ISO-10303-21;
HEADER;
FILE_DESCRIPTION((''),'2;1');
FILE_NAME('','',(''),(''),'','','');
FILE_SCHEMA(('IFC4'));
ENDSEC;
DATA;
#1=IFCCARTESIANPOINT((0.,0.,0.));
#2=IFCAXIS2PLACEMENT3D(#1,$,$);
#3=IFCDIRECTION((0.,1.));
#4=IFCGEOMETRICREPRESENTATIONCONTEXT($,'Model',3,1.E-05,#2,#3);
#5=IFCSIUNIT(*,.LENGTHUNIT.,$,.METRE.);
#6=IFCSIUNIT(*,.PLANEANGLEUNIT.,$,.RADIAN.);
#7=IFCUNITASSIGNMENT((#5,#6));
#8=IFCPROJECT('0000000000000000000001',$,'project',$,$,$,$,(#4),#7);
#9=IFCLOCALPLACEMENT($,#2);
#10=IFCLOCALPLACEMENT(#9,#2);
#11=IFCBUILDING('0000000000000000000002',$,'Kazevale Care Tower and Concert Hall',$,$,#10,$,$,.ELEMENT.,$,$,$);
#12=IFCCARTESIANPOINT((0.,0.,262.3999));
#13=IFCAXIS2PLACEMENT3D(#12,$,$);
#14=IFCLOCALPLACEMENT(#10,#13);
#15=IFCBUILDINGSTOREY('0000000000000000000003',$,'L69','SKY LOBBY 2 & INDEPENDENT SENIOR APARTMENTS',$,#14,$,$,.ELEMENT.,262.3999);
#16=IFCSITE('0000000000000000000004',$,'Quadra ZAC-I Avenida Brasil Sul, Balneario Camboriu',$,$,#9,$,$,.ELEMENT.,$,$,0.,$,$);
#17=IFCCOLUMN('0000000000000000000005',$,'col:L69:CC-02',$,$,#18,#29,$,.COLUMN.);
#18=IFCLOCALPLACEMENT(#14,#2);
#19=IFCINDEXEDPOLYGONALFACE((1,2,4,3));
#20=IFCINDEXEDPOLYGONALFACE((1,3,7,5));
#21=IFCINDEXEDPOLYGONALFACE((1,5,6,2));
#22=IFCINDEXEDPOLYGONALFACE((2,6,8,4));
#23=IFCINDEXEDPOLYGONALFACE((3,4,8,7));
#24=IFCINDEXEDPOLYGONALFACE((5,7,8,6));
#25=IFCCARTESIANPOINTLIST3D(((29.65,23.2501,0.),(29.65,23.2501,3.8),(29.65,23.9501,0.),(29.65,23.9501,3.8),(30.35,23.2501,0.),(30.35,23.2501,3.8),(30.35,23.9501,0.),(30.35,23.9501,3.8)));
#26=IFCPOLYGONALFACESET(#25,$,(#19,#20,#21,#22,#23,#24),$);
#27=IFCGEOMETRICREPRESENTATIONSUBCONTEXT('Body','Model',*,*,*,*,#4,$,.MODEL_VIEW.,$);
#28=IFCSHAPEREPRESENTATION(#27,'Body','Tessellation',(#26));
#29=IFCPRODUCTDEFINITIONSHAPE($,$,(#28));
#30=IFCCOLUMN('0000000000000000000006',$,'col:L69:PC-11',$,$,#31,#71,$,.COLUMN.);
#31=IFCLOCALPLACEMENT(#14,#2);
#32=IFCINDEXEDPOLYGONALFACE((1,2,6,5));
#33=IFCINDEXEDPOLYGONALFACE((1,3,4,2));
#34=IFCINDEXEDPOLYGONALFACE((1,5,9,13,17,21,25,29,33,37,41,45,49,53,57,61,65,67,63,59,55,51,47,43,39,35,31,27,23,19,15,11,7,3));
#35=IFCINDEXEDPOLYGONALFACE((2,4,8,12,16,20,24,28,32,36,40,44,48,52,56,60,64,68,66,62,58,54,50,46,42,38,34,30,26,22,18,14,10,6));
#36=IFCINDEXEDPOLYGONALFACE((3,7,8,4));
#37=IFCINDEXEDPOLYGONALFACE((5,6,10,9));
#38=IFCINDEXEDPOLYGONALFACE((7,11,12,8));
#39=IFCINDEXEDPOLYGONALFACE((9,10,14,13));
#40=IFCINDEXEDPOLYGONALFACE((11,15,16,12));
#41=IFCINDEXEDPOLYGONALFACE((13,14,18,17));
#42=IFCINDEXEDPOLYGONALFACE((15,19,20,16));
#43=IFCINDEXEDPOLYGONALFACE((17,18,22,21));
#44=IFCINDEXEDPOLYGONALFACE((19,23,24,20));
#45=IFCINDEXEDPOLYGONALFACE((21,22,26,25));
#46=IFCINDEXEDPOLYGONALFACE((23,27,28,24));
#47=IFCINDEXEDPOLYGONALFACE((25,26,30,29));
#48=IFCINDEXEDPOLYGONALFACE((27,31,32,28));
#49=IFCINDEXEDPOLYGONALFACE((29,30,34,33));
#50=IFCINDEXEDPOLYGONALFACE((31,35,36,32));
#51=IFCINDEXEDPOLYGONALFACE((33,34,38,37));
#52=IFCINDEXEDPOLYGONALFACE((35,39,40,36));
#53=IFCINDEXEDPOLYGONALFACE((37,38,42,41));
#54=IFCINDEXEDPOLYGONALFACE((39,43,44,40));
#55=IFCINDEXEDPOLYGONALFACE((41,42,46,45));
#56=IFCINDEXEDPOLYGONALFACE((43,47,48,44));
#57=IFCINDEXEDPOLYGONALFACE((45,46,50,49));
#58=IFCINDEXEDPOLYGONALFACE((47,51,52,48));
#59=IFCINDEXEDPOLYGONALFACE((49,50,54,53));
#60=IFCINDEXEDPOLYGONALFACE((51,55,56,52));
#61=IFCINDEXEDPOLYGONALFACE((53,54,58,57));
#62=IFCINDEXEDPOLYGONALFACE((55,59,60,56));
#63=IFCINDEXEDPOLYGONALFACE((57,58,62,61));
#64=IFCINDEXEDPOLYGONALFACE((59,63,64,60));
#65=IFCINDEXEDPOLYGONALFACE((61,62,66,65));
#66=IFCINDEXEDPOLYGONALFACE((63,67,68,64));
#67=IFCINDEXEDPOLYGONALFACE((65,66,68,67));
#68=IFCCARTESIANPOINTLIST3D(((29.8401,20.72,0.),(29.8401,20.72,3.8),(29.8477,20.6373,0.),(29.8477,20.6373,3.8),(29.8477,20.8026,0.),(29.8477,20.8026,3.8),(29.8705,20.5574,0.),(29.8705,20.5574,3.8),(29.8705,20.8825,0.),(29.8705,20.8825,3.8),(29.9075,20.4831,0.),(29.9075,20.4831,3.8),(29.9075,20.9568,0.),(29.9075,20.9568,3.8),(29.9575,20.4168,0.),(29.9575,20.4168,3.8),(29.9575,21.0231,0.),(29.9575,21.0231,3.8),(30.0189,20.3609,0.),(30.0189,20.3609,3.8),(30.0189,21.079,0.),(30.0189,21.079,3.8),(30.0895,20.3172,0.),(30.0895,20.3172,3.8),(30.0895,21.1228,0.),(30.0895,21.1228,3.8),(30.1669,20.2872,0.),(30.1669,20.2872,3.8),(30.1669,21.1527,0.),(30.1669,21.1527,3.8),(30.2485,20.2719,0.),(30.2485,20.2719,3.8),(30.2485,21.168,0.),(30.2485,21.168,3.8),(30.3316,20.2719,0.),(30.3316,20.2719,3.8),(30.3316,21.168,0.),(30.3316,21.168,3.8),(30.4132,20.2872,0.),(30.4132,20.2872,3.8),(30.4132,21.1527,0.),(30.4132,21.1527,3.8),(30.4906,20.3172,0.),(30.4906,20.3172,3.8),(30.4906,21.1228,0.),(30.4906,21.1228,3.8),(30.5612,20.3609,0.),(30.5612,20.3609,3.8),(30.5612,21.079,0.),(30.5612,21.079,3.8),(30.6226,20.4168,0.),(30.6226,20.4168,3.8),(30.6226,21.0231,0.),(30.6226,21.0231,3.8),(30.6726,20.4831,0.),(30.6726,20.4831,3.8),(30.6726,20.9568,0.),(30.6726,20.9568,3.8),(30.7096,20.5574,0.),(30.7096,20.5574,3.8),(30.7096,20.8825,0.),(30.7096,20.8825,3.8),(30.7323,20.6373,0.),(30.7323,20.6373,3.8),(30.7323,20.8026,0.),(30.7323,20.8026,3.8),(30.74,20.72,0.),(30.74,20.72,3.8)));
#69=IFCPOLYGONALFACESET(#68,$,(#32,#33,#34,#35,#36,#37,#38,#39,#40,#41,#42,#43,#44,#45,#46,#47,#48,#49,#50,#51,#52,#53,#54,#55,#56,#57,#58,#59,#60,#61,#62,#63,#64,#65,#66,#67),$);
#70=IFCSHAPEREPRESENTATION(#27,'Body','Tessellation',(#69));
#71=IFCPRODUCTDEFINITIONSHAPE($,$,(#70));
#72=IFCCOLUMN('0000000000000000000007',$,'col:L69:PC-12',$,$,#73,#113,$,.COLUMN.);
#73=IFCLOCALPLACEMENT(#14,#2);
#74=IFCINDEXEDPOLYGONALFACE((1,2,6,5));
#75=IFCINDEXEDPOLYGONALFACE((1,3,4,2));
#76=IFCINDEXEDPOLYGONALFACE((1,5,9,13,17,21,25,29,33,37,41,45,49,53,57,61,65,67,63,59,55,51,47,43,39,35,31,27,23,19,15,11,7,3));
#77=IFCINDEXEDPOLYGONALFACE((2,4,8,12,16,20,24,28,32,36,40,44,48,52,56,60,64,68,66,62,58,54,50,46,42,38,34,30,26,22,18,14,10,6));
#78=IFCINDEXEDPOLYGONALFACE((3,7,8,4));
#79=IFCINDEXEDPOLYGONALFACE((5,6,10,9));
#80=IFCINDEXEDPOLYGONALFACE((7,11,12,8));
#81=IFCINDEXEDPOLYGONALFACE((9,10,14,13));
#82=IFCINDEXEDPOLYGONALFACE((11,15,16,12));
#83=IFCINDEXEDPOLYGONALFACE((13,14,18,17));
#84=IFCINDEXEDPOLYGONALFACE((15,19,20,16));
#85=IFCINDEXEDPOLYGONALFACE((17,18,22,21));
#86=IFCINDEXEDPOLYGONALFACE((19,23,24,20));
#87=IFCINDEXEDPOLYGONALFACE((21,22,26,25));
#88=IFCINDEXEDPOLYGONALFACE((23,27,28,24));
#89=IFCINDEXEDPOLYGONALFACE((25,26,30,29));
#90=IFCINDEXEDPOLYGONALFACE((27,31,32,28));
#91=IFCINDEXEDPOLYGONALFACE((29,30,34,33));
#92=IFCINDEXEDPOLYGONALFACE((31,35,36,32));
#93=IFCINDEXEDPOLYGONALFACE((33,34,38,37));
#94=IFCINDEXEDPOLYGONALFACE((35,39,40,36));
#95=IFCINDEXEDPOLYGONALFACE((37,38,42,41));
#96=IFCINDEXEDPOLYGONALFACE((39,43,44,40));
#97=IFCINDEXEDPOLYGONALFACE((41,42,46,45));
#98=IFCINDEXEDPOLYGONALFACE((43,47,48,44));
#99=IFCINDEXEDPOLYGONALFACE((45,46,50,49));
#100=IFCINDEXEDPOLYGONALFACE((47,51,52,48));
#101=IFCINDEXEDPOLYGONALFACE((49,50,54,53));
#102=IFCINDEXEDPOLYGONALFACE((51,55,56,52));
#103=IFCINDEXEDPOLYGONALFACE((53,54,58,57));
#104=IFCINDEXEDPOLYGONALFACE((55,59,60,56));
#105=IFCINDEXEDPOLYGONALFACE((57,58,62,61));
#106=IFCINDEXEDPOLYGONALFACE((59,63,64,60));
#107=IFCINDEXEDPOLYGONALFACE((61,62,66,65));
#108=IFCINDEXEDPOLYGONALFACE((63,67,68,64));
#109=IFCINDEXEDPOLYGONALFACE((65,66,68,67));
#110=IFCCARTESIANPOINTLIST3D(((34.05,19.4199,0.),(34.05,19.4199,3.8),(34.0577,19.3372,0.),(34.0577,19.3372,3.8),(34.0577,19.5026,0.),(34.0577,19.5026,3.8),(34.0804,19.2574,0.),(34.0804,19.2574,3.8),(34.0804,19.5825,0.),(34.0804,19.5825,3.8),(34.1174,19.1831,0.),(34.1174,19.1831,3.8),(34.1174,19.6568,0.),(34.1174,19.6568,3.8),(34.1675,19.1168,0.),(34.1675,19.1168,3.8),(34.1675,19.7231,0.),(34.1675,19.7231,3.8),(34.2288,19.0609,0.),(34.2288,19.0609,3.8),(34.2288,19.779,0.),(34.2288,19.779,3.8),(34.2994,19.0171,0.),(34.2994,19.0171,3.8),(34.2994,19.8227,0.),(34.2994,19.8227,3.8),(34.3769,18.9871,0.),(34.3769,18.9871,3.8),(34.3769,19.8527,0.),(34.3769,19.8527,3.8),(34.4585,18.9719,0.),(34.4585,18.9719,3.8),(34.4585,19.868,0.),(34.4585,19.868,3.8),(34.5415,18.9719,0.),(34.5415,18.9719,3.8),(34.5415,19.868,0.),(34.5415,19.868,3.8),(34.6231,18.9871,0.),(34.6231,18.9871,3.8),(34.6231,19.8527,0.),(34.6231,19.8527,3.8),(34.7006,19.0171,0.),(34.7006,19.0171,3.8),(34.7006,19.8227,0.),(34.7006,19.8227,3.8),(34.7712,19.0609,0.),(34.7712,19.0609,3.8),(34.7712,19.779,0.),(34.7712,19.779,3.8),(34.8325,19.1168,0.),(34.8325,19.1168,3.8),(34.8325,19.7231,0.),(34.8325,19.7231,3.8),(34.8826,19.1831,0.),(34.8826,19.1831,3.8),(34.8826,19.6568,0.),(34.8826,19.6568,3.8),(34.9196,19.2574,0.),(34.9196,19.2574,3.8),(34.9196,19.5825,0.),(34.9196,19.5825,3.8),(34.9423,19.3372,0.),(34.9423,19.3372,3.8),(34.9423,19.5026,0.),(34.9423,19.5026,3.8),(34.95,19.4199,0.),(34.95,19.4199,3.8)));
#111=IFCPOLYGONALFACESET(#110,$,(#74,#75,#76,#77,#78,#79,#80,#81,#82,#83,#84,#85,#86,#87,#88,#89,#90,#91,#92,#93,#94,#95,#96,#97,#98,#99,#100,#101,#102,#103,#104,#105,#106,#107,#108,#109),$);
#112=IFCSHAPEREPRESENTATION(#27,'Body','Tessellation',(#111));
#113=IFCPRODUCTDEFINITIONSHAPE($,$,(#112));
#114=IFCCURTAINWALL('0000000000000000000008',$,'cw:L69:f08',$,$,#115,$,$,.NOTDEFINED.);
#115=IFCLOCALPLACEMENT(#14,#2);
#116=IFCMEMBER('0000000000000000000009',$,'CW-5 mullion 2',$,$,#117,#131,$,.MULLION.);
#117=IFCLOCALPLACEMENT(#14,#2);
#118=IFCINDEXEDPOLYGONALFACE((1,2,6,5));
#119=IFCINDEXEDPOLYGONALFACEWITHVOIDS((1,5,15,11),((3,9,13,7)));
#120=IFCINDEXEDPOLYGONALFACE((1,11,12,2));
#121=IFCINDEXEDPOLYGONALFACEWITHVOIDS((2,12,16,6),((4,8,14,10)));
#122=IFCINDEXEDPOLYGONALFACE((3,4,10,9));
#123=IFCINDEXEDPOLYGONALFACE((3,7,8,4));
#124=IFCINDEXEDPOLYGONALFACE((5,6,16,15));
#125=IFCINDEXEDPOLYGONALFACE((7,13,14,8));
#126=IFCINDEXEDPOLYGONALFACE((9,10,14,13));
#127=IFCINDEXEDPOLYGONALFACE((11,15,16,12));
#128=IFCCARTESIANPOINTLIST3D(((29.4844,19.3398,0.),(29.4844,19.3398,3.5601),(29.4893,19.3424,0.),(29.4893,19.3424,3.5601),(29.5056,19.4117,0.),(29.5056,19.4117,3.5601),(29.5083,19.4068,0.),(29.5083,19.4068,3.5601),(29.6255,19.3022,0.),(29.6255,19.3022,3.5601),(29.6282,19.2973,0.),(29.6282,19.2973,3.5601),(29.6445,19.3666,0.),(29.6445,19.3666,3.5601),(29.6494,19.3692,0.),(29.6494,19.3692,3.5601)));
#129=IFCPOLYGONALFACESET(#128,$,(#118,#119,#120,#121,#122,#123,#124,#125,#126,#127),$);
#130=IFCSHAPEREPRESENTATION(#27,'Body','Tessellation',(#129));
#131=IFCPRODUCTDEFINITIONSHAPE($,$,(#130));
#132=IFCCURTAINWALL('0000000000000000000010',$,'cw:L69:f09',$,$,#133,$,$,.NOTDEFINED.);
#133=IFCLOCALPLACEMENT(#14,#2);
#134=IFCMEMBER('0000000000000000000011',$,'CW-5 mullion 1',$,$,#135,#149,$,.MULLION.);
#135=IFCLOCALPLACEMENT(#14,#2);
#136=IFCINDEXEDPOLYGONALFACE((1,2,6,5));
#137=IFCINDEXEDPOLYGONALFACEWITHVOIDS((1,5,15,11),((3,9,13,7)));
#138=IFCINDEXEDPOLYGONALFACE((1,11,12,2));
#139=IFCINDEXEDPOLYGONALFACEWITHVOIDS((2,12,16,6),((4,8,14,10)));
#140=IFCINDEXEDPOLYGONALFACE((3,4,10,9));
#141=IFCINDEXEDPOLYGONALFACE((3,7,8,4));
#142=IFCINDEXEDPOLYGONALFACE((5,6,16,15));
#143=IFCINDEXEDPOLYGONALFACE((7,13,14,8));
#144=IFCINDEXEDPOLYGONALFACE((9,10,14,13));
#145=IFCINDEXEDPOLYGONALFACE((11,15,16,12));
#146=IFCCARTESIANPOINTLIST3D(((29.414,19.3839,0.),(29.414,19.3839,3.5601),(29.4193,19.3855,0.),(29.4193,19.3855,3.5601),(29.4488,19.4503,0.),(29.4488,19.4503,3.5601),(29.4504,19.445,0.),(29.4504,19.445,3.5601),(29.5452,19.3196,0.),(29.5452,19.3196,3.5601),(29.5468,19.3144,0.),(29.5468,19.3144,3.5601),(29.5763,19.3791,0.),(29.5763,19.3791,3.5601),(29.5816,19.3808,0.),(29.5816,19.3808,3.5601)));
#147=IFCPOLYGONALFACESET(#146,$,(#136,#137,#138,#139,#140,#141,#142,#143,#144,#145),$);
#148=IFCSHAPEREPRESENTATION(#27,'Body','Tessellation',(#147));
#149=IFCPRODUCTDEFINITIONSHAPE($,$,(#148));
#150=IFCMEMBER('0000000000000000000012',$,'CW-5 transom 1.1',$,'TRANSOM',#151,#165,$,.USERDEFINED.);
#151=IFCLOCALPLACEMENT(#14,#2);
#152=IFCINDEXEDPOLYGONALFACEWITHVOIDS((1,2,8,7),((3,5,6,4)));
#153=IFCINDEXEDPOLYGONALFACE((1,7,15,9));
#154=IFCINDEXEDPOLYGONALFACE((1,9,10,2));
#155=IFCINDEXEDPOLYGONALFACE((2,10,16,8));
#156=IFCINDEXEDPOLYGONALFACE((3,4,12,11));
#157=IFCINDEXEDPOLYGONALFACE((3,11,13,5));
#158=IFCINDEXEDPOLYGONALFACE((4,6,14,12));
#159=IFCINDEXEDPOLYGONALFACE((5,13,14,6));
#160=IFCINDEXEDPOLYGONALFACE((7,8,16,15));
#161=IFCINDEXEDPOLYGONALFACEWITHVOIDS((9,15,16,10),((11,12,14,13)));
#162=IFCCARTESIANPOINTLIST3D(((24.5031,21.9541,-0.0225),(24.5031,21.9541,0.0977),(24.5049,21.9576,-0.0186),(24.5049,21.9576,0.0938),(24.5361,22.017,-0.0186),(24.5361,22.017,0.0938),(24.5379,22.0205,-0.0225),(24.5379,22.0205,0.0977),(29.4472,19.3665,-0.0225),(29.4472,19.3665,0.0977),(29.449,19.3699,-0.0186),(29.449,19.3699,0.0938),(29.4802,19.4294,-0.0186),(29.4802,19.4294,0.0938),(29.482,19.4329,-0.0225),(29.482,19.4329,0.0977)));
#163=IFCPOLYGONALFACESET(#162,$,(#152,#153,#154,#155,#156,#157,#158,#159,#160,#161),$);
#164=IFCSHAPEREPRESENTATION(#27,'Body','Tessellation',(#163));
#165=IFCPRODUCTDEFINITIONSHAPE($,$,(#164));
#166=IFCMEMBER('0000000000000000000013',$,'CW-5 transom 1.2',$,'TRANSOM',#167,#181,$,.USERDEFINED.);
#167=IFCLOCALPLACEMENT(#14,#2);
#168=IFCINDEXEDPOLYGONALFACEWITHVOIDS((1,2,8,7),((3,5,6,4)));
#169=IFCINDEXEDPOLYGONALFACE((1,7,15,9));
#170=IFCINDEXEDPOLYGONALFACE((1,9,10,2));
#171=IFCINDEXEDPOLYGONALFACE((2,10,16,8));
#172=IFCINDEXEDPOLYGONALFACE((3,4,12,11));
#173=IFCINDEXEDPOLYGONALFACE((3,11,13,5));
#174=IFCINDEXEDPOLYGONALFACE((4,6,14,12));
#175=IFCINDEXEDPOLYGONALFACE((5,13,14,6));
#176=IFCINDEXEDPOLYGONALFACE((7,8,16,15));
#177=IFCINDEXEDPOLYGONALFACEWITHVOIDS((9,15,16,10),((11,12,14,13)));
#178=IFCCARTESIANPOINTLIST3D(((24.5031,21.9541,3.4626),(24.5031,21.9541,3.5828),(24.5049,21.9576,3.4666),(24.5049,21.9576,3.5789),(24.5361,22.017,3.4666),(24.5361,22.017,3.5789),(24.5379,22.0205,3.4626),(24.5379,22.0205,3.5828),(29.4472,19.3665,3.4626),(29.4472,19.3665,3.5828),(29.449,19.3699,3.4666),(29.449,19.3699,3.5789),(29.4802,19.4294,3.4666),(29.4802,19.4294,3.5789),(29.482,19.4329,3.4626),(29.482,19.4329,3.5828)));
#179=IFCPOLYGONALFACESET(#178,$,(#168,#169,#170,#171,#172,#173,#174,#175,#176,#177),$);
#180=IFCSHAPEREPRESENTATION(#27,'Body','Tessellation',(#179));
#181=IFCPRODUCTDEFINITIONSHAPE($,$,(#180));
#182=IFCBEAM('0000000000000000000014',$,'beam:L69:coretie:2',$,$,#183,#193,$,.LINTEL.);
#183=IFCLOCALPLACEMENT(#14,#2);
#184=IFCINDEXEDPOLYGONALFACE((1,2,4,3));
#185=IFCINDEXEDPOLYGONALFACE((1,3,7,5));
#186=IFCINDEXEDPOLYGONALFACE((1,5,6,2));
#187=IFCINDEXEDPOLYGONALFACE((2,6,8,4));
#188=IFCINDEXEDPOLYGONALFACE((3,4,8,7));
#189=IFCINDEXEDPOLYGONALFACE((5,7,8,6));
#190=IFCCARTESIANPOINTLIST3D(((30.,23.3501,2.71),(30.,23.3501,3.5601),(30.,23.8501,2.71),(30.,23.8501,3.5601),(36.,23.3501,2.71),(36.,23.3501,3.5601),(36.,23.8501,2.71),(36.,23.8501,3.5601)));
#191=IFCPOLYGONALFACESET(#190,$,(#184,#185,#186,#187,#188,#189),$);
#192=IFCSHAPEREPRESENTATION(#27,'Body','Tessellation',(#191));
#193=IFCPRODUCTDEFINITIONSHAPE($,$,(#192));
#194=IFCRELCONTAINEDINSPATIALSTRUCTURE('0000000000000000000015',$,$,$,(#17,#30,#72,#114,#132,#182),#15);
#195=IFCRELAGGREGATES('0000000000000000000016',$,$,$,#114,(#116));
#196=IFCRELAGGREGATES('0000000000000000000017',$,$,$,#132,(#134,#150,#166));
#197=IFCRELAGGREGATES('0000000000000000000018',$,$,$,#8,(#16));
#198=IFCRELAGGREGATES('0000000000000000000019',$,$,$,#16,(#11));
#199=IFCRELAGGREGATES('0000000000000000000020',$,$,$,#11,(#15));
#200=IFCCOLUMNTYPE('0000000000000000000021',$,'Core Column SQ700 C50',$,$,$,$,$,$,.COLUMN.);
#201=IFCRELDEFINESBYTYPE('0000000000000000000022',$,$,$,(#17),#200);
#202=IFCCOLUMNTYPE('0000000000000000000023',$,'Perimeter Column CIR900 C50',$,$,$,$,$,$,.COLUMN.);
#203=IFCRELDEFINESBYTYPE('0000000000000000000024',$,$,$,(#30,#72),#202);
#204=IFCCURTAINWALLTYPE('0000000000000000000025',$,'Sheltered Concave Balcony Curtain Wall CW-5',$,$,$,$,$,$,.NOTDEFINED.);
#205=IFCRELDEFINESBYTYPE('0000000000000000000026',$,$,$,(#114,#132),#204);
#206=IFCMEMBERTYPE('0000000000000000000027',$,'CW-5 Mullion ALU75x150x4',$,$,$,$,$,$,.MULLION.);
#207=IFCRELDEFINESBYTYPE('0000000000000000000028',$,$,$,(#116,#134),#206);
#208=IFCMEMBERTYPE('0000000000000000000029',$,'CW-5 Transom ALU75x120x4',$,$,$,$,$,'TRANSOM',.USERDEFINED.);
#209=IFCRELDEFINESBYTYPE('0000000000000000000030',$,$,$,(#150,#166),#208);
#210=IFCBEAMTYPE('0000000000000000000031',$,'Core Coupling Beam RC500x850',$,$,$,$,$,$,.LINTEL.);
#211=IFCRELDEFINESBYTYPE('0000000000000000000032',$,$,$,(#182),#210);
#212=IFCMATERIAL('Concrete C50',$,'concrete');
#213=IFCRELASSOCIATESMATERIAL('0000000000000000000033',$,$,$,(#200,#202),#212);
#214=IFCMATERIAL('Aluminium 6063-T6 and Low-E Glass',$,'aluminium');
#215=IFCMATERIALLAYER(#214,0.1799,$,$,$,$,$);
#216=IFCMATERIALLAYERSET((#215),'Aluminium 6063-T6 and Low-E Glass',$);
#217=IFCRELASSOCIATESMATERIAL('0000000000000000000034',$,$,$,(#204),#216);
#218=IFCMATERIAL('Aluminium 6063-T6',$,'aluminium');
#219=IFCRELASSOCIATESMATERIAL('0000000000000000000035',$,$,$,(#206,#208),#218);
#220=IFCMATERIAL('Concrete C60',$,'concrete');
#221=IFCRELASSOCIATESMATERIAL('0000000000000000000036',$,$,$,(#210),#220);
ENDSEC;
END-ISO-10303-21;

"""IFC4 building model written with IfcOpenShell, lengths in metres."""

from ifc_helpers import new_model, si_unit, direction, frame, origin, origin_2d, place, context, subcontext, project, spatial, rectangle, hollow_rectangle, circle, extrude, material, layer, layer_set, material_profile, profile_set, type_object, element, aggregate, save


model = new_model("IFC4")

# Units and contexts
model_context = context("Model", 3, precision=1e-05, world=origin(), true_north=direction((0.0, 1.0)))
body_context = subcontext(model_context, "Body", "Model", "MODEL_VIEW")
ifc_project = project(units=[si_unit("LENGTHUNIT", "METRE"), si_unit("PLANEANGLEUNIT", "RADIAN")], contexts=[model_context])

# Site, building, storey
site_placement = place(None, origin())
site = spatial("IfcSite", under=ifc_project, at=site_placement, Name="Quadra ZAC-I Avenida Brasil Sul, Balneario Camboriu", CompositionType="ELEMENT", RefElevation=0.0)
building_placement = place(site_placement, origin())
building = spatial("IfcBuilding", under=site, at=building_placement, Name="Kazevale Care Tower and Concert Hall", CompositionType="ELEMENT")
storey_placement = place(building_placement, frame((0.0, 0.0, 262.3999)))
storey = spatial("IfcBuildingStorey", under=building, at=storey_placement, Name="L69", Description="SKY LOBBY 2 & INDEPENDENT SENIOR APARTMENTS", CompositionType="ELEMENT", Elevation=262.3999)

# Columns
ifc_material_1 = material(Name="Concrete C50", Category="concrete")
ifc_material_profile_1 = material_profile(ifc_material_1, rectangle(XDim=0.7, YDim=0.7, at=origin_2d()), Name="RC-SQ700")
ifc_profile_set_1 = profile_set([ifc_material_profile_1], Name="Concrete C50")
column_type_1 = type_object("IfcColumnType", Name="Core Column SQ700 C50", PredefinedType="COLUMN", material=ifc_profile_set_1)
column_placement = place(storey_placement, frame((30.0, 23.6001, 0.0), z_axis=(0.0, 0.0, 1.0), x_axis=(1.0, 0.0, 0.0)))
element("IfcColumn", 1, at=column_placement, inside=storey, type_object=column_type_1, Name="col:L69:CC-02", PredefinedType="COLUMN", context=body_context, shape_type="SweptSolid", body=[
    extrude(rectangle(XDim=0.7, YDim=0.7, at=origin_2d()), origin(), (0.0, 0.0, 1.0), 3.8),
])
ifc_material_profile_2 = material_profile(ifc_material_1, circle(Radius=0.45, at=origin_2d()), Name="RC-CIR900")
ifc_profile_set_2 = profile_set([ifc_material_profile_2], Name="Concrete C50")
column_type_2 = type_object("IfcColumnType", Name="Perimeter Column CIR900 C50", PredefinedType="COLUMN", material=ifc_profile_set_2)
for number, where, z_axis, x_axis, name in (
    (2, (30.29, 20.72, 0.0), (0.0, 0.0, 1.0), (1.0, 0.0, 0.0), "col:L69:PC-11"),
    (3, (34.5, 19.4199, 0.0), (0.0, 0.0, 1.0), (1.0, 0.0, 0.0), "col:L69:PC-12"),
):
    element("IfcColumn", number, at=place(storey_placement, frame(where, z_axis=z_axis, x_axis=x_axis)), inside=storey, type_object=column_type_2, Name=name, PredefinedType="COLUMN", context=body_context, shape_type="SweptSolid", body=[
        extrude(circle(Radius=0.45, at=origin_2d()), origin(), (0.0, 0.0, 1.0), 3.8),
    ])

# Curtain wall, member
ifc_material_2 = material(Name="Aluminium 6063-T6 and Low-E Glass", Category="aluminium")
ifc_layer_1 = layer(ifc_material_2, 0.1799)
ifc_layer_set_1 = layer_set([ifc_layer_1], Name="Aluminium 6063-T6 and Low-E Glass")
curtain_wall_type = type_object("IfcCurtainWallType", Name="Sheltered Concave Balcony Curtain Wall CW-5", PredefinedType="NOTDEFINED", material=ifc_layer_set_1)
curtain_wall_1_placement = place(storey_placement, origin())
curtain_wall_1 = element("IfcCurtainWall", 4, at=curtain_wall_1_placement, inside=storey, type_object=curtain_wall_type, Name="cw:L69:f08", PredefinedType="NOTDEFINED")
ifc_material_3 = material(Name="Aluminium 6063-T6", Category="aluminium")
ifc_material_profile_3 = material_profile(ifc_material_3, hollow_rectangle(XDim=0.075, YDim=0.1499, WallThickness=0.0039, at=origin_2d()), Name="ALU75x150x4")
ifc_profile_set_3 = profile_set([ifc_material_profile_3], Name="Aluminium 6063-T6")
member_type_1 = type_object("IfcMemberType", Name="CW-5 Mullion ALU75x150x4", PredefinedType="MULLION", material=ifc_profile_set_3)
member_1_placement = place(storey_placement, frame((29.5669, 19.3545, 0.0), z_axis=(0.0, 0.0, 1.0), x_axis=(-0.283203, -0.95906, 0.0)))
member_1 = element("IfcMember", 5, at=member_1_placement, type_object=member_type_1, Name="CW-5 mullion 2", PredefinedType="MULLION", context=body_context, shape_type="SweptSolid", body=[
    extrude(hollow_rectangle(XDim=0.075, YDim=0.1499, WallThickness=0.0039, at=origin_2d()), origin(), (0.0, 0.0, 1.0), 3.5601),
])

# Curtain wall, members
curtain_wall_2_placement = place(storey_placement, origin())
curtain_wall_2 = element("IfcCurtainWall", 6, at=curtain_wall_2_placement, inside=storey, type_object=curtain_wall_type, Name="cw:L69:f09", PredefinedType="NOTDEFINED")
member_2_placement = place(storey_placement, frame((29.4978, 19.3823, 0.0), z_axis=(0.0, 0.0, 1.0), x_axis=(-0.463681, -0.886002, 0.0)))
member_2 = element("IfcMember", 7, at=member_2_placement, type_object=member_type_1, Name="CW-5 mullion 1", PredefinedType="MULLION", context=body_context, shape_type="SweptSolid", body=[
    extrude(hollow_rectangle(XDim=0.075, YDim=0.1499, WallThickness=0.0039, at=origin_2d()), origin(), (0.0, 0.0, 1.0), 3.5601),
])
ifc_material_profile_4 = material_profile(ifc_material_3, hollow_rectangle(XDim=0.075, YDim=0.1201, WallThickness=0.0039, at=origin_2d()), Name="ALU75x120x4")
ifc_profile_set_4 = profile_set([ifc_material_profile_4], Name="Aluminium 6063-T6")
member_type_2 = type_object("IfcMemberType", Name="CW-5 Transom ALU75x120x4", ElementType="TRANSOM", PredefinedType="USERDEFINED", material=ifc_profile_set_4)
member_3_placement = place(storey_placement, frame((29.4646, 19.3997, 0.0376), z_axis=(-0.885987, 0.463709, 0.0), x_axis=(-0.463709, -0.885987, 0.0)))
member_3 = element("IfcMember", 8, at=member_3_placement, type_object=member_type_2, Name="CW-5 transom 1.1", ObjectType="TRANSOM", PredefinedType="USERDEFINED", context=body_context, shape_type="SweptSolid", body=[
    extrude(hollow_rectangle(XDim=0.075, YDim=0.1201, WallThickness=0.0039, at=origin_2d()), origin(), (0.0, 0.0, 1.0), 5.5803),
])
member_4_placement = place(storey_placement, frame((29.4646, 19.3997, 3.5227), z_axis=(-0.885987, 0.463709, 0.0), x_axis=(-0.463709, -0.885987, 0.0)))
member_4 = element("IfcMember", 9, at=member_4_placement, type_object=member_type_2, Name="CW-5 transom 1.2", ObjectType="TRANSOM", PredefinedType="USERDEFINED", context=body_context, shape_type="SweptSolid", body=[
    extrude(hollow_rectangle(XDim=0.075, YDim=0.1201, WallThickness=0.0039, at=origin_2d()), origin(), (0.0, 0.0, 1.0), 5.5803),
])

# Beam
ifc_material_4 = material(Name="Concrete C60", Category="concrete")
ifc_material_profile_5 = material_profile(ifc_material_4, rectangle(XDim=0.5, YDim=0.8501, at=origin_2d()), Name="RC-B500x850")
ifc_profile_set_5 = profile_set([ifc_material_profile_5], Name="Concrete C60")
beam_type_1 = type_object("IfcBeamType", Name="Core Coupling Beam RC500x850", PredefinedType="LINTEL", material=ifc_profile_set_5)
beam_1_placement = place(storey_placement, frame((30.0, 23.6001, 3.135), z_axis=(1.0, 0.0, 0.0), x_axis=(0.0, 1.0, 0.0)))
element("IfcBeam", 10, at=beam_1_placement, inside=storey, type_object=beam_type_1, Name="beam:L69:coretie:2", PredefinedType="LINTEL", context=body_context, shape_type="SweptSolid", body=[
    extrude(rectangle(XDim=0.5, YDim=0.8501, at=origin_2d()), origin(), (0.0, 0.0, 1.0), 6.0),
])

aggregate(curtain_wall_1, [member_1])
aggregate(curtain_wall_2, [member_2, member_3, member_4])

save(model, "model.ifc")
